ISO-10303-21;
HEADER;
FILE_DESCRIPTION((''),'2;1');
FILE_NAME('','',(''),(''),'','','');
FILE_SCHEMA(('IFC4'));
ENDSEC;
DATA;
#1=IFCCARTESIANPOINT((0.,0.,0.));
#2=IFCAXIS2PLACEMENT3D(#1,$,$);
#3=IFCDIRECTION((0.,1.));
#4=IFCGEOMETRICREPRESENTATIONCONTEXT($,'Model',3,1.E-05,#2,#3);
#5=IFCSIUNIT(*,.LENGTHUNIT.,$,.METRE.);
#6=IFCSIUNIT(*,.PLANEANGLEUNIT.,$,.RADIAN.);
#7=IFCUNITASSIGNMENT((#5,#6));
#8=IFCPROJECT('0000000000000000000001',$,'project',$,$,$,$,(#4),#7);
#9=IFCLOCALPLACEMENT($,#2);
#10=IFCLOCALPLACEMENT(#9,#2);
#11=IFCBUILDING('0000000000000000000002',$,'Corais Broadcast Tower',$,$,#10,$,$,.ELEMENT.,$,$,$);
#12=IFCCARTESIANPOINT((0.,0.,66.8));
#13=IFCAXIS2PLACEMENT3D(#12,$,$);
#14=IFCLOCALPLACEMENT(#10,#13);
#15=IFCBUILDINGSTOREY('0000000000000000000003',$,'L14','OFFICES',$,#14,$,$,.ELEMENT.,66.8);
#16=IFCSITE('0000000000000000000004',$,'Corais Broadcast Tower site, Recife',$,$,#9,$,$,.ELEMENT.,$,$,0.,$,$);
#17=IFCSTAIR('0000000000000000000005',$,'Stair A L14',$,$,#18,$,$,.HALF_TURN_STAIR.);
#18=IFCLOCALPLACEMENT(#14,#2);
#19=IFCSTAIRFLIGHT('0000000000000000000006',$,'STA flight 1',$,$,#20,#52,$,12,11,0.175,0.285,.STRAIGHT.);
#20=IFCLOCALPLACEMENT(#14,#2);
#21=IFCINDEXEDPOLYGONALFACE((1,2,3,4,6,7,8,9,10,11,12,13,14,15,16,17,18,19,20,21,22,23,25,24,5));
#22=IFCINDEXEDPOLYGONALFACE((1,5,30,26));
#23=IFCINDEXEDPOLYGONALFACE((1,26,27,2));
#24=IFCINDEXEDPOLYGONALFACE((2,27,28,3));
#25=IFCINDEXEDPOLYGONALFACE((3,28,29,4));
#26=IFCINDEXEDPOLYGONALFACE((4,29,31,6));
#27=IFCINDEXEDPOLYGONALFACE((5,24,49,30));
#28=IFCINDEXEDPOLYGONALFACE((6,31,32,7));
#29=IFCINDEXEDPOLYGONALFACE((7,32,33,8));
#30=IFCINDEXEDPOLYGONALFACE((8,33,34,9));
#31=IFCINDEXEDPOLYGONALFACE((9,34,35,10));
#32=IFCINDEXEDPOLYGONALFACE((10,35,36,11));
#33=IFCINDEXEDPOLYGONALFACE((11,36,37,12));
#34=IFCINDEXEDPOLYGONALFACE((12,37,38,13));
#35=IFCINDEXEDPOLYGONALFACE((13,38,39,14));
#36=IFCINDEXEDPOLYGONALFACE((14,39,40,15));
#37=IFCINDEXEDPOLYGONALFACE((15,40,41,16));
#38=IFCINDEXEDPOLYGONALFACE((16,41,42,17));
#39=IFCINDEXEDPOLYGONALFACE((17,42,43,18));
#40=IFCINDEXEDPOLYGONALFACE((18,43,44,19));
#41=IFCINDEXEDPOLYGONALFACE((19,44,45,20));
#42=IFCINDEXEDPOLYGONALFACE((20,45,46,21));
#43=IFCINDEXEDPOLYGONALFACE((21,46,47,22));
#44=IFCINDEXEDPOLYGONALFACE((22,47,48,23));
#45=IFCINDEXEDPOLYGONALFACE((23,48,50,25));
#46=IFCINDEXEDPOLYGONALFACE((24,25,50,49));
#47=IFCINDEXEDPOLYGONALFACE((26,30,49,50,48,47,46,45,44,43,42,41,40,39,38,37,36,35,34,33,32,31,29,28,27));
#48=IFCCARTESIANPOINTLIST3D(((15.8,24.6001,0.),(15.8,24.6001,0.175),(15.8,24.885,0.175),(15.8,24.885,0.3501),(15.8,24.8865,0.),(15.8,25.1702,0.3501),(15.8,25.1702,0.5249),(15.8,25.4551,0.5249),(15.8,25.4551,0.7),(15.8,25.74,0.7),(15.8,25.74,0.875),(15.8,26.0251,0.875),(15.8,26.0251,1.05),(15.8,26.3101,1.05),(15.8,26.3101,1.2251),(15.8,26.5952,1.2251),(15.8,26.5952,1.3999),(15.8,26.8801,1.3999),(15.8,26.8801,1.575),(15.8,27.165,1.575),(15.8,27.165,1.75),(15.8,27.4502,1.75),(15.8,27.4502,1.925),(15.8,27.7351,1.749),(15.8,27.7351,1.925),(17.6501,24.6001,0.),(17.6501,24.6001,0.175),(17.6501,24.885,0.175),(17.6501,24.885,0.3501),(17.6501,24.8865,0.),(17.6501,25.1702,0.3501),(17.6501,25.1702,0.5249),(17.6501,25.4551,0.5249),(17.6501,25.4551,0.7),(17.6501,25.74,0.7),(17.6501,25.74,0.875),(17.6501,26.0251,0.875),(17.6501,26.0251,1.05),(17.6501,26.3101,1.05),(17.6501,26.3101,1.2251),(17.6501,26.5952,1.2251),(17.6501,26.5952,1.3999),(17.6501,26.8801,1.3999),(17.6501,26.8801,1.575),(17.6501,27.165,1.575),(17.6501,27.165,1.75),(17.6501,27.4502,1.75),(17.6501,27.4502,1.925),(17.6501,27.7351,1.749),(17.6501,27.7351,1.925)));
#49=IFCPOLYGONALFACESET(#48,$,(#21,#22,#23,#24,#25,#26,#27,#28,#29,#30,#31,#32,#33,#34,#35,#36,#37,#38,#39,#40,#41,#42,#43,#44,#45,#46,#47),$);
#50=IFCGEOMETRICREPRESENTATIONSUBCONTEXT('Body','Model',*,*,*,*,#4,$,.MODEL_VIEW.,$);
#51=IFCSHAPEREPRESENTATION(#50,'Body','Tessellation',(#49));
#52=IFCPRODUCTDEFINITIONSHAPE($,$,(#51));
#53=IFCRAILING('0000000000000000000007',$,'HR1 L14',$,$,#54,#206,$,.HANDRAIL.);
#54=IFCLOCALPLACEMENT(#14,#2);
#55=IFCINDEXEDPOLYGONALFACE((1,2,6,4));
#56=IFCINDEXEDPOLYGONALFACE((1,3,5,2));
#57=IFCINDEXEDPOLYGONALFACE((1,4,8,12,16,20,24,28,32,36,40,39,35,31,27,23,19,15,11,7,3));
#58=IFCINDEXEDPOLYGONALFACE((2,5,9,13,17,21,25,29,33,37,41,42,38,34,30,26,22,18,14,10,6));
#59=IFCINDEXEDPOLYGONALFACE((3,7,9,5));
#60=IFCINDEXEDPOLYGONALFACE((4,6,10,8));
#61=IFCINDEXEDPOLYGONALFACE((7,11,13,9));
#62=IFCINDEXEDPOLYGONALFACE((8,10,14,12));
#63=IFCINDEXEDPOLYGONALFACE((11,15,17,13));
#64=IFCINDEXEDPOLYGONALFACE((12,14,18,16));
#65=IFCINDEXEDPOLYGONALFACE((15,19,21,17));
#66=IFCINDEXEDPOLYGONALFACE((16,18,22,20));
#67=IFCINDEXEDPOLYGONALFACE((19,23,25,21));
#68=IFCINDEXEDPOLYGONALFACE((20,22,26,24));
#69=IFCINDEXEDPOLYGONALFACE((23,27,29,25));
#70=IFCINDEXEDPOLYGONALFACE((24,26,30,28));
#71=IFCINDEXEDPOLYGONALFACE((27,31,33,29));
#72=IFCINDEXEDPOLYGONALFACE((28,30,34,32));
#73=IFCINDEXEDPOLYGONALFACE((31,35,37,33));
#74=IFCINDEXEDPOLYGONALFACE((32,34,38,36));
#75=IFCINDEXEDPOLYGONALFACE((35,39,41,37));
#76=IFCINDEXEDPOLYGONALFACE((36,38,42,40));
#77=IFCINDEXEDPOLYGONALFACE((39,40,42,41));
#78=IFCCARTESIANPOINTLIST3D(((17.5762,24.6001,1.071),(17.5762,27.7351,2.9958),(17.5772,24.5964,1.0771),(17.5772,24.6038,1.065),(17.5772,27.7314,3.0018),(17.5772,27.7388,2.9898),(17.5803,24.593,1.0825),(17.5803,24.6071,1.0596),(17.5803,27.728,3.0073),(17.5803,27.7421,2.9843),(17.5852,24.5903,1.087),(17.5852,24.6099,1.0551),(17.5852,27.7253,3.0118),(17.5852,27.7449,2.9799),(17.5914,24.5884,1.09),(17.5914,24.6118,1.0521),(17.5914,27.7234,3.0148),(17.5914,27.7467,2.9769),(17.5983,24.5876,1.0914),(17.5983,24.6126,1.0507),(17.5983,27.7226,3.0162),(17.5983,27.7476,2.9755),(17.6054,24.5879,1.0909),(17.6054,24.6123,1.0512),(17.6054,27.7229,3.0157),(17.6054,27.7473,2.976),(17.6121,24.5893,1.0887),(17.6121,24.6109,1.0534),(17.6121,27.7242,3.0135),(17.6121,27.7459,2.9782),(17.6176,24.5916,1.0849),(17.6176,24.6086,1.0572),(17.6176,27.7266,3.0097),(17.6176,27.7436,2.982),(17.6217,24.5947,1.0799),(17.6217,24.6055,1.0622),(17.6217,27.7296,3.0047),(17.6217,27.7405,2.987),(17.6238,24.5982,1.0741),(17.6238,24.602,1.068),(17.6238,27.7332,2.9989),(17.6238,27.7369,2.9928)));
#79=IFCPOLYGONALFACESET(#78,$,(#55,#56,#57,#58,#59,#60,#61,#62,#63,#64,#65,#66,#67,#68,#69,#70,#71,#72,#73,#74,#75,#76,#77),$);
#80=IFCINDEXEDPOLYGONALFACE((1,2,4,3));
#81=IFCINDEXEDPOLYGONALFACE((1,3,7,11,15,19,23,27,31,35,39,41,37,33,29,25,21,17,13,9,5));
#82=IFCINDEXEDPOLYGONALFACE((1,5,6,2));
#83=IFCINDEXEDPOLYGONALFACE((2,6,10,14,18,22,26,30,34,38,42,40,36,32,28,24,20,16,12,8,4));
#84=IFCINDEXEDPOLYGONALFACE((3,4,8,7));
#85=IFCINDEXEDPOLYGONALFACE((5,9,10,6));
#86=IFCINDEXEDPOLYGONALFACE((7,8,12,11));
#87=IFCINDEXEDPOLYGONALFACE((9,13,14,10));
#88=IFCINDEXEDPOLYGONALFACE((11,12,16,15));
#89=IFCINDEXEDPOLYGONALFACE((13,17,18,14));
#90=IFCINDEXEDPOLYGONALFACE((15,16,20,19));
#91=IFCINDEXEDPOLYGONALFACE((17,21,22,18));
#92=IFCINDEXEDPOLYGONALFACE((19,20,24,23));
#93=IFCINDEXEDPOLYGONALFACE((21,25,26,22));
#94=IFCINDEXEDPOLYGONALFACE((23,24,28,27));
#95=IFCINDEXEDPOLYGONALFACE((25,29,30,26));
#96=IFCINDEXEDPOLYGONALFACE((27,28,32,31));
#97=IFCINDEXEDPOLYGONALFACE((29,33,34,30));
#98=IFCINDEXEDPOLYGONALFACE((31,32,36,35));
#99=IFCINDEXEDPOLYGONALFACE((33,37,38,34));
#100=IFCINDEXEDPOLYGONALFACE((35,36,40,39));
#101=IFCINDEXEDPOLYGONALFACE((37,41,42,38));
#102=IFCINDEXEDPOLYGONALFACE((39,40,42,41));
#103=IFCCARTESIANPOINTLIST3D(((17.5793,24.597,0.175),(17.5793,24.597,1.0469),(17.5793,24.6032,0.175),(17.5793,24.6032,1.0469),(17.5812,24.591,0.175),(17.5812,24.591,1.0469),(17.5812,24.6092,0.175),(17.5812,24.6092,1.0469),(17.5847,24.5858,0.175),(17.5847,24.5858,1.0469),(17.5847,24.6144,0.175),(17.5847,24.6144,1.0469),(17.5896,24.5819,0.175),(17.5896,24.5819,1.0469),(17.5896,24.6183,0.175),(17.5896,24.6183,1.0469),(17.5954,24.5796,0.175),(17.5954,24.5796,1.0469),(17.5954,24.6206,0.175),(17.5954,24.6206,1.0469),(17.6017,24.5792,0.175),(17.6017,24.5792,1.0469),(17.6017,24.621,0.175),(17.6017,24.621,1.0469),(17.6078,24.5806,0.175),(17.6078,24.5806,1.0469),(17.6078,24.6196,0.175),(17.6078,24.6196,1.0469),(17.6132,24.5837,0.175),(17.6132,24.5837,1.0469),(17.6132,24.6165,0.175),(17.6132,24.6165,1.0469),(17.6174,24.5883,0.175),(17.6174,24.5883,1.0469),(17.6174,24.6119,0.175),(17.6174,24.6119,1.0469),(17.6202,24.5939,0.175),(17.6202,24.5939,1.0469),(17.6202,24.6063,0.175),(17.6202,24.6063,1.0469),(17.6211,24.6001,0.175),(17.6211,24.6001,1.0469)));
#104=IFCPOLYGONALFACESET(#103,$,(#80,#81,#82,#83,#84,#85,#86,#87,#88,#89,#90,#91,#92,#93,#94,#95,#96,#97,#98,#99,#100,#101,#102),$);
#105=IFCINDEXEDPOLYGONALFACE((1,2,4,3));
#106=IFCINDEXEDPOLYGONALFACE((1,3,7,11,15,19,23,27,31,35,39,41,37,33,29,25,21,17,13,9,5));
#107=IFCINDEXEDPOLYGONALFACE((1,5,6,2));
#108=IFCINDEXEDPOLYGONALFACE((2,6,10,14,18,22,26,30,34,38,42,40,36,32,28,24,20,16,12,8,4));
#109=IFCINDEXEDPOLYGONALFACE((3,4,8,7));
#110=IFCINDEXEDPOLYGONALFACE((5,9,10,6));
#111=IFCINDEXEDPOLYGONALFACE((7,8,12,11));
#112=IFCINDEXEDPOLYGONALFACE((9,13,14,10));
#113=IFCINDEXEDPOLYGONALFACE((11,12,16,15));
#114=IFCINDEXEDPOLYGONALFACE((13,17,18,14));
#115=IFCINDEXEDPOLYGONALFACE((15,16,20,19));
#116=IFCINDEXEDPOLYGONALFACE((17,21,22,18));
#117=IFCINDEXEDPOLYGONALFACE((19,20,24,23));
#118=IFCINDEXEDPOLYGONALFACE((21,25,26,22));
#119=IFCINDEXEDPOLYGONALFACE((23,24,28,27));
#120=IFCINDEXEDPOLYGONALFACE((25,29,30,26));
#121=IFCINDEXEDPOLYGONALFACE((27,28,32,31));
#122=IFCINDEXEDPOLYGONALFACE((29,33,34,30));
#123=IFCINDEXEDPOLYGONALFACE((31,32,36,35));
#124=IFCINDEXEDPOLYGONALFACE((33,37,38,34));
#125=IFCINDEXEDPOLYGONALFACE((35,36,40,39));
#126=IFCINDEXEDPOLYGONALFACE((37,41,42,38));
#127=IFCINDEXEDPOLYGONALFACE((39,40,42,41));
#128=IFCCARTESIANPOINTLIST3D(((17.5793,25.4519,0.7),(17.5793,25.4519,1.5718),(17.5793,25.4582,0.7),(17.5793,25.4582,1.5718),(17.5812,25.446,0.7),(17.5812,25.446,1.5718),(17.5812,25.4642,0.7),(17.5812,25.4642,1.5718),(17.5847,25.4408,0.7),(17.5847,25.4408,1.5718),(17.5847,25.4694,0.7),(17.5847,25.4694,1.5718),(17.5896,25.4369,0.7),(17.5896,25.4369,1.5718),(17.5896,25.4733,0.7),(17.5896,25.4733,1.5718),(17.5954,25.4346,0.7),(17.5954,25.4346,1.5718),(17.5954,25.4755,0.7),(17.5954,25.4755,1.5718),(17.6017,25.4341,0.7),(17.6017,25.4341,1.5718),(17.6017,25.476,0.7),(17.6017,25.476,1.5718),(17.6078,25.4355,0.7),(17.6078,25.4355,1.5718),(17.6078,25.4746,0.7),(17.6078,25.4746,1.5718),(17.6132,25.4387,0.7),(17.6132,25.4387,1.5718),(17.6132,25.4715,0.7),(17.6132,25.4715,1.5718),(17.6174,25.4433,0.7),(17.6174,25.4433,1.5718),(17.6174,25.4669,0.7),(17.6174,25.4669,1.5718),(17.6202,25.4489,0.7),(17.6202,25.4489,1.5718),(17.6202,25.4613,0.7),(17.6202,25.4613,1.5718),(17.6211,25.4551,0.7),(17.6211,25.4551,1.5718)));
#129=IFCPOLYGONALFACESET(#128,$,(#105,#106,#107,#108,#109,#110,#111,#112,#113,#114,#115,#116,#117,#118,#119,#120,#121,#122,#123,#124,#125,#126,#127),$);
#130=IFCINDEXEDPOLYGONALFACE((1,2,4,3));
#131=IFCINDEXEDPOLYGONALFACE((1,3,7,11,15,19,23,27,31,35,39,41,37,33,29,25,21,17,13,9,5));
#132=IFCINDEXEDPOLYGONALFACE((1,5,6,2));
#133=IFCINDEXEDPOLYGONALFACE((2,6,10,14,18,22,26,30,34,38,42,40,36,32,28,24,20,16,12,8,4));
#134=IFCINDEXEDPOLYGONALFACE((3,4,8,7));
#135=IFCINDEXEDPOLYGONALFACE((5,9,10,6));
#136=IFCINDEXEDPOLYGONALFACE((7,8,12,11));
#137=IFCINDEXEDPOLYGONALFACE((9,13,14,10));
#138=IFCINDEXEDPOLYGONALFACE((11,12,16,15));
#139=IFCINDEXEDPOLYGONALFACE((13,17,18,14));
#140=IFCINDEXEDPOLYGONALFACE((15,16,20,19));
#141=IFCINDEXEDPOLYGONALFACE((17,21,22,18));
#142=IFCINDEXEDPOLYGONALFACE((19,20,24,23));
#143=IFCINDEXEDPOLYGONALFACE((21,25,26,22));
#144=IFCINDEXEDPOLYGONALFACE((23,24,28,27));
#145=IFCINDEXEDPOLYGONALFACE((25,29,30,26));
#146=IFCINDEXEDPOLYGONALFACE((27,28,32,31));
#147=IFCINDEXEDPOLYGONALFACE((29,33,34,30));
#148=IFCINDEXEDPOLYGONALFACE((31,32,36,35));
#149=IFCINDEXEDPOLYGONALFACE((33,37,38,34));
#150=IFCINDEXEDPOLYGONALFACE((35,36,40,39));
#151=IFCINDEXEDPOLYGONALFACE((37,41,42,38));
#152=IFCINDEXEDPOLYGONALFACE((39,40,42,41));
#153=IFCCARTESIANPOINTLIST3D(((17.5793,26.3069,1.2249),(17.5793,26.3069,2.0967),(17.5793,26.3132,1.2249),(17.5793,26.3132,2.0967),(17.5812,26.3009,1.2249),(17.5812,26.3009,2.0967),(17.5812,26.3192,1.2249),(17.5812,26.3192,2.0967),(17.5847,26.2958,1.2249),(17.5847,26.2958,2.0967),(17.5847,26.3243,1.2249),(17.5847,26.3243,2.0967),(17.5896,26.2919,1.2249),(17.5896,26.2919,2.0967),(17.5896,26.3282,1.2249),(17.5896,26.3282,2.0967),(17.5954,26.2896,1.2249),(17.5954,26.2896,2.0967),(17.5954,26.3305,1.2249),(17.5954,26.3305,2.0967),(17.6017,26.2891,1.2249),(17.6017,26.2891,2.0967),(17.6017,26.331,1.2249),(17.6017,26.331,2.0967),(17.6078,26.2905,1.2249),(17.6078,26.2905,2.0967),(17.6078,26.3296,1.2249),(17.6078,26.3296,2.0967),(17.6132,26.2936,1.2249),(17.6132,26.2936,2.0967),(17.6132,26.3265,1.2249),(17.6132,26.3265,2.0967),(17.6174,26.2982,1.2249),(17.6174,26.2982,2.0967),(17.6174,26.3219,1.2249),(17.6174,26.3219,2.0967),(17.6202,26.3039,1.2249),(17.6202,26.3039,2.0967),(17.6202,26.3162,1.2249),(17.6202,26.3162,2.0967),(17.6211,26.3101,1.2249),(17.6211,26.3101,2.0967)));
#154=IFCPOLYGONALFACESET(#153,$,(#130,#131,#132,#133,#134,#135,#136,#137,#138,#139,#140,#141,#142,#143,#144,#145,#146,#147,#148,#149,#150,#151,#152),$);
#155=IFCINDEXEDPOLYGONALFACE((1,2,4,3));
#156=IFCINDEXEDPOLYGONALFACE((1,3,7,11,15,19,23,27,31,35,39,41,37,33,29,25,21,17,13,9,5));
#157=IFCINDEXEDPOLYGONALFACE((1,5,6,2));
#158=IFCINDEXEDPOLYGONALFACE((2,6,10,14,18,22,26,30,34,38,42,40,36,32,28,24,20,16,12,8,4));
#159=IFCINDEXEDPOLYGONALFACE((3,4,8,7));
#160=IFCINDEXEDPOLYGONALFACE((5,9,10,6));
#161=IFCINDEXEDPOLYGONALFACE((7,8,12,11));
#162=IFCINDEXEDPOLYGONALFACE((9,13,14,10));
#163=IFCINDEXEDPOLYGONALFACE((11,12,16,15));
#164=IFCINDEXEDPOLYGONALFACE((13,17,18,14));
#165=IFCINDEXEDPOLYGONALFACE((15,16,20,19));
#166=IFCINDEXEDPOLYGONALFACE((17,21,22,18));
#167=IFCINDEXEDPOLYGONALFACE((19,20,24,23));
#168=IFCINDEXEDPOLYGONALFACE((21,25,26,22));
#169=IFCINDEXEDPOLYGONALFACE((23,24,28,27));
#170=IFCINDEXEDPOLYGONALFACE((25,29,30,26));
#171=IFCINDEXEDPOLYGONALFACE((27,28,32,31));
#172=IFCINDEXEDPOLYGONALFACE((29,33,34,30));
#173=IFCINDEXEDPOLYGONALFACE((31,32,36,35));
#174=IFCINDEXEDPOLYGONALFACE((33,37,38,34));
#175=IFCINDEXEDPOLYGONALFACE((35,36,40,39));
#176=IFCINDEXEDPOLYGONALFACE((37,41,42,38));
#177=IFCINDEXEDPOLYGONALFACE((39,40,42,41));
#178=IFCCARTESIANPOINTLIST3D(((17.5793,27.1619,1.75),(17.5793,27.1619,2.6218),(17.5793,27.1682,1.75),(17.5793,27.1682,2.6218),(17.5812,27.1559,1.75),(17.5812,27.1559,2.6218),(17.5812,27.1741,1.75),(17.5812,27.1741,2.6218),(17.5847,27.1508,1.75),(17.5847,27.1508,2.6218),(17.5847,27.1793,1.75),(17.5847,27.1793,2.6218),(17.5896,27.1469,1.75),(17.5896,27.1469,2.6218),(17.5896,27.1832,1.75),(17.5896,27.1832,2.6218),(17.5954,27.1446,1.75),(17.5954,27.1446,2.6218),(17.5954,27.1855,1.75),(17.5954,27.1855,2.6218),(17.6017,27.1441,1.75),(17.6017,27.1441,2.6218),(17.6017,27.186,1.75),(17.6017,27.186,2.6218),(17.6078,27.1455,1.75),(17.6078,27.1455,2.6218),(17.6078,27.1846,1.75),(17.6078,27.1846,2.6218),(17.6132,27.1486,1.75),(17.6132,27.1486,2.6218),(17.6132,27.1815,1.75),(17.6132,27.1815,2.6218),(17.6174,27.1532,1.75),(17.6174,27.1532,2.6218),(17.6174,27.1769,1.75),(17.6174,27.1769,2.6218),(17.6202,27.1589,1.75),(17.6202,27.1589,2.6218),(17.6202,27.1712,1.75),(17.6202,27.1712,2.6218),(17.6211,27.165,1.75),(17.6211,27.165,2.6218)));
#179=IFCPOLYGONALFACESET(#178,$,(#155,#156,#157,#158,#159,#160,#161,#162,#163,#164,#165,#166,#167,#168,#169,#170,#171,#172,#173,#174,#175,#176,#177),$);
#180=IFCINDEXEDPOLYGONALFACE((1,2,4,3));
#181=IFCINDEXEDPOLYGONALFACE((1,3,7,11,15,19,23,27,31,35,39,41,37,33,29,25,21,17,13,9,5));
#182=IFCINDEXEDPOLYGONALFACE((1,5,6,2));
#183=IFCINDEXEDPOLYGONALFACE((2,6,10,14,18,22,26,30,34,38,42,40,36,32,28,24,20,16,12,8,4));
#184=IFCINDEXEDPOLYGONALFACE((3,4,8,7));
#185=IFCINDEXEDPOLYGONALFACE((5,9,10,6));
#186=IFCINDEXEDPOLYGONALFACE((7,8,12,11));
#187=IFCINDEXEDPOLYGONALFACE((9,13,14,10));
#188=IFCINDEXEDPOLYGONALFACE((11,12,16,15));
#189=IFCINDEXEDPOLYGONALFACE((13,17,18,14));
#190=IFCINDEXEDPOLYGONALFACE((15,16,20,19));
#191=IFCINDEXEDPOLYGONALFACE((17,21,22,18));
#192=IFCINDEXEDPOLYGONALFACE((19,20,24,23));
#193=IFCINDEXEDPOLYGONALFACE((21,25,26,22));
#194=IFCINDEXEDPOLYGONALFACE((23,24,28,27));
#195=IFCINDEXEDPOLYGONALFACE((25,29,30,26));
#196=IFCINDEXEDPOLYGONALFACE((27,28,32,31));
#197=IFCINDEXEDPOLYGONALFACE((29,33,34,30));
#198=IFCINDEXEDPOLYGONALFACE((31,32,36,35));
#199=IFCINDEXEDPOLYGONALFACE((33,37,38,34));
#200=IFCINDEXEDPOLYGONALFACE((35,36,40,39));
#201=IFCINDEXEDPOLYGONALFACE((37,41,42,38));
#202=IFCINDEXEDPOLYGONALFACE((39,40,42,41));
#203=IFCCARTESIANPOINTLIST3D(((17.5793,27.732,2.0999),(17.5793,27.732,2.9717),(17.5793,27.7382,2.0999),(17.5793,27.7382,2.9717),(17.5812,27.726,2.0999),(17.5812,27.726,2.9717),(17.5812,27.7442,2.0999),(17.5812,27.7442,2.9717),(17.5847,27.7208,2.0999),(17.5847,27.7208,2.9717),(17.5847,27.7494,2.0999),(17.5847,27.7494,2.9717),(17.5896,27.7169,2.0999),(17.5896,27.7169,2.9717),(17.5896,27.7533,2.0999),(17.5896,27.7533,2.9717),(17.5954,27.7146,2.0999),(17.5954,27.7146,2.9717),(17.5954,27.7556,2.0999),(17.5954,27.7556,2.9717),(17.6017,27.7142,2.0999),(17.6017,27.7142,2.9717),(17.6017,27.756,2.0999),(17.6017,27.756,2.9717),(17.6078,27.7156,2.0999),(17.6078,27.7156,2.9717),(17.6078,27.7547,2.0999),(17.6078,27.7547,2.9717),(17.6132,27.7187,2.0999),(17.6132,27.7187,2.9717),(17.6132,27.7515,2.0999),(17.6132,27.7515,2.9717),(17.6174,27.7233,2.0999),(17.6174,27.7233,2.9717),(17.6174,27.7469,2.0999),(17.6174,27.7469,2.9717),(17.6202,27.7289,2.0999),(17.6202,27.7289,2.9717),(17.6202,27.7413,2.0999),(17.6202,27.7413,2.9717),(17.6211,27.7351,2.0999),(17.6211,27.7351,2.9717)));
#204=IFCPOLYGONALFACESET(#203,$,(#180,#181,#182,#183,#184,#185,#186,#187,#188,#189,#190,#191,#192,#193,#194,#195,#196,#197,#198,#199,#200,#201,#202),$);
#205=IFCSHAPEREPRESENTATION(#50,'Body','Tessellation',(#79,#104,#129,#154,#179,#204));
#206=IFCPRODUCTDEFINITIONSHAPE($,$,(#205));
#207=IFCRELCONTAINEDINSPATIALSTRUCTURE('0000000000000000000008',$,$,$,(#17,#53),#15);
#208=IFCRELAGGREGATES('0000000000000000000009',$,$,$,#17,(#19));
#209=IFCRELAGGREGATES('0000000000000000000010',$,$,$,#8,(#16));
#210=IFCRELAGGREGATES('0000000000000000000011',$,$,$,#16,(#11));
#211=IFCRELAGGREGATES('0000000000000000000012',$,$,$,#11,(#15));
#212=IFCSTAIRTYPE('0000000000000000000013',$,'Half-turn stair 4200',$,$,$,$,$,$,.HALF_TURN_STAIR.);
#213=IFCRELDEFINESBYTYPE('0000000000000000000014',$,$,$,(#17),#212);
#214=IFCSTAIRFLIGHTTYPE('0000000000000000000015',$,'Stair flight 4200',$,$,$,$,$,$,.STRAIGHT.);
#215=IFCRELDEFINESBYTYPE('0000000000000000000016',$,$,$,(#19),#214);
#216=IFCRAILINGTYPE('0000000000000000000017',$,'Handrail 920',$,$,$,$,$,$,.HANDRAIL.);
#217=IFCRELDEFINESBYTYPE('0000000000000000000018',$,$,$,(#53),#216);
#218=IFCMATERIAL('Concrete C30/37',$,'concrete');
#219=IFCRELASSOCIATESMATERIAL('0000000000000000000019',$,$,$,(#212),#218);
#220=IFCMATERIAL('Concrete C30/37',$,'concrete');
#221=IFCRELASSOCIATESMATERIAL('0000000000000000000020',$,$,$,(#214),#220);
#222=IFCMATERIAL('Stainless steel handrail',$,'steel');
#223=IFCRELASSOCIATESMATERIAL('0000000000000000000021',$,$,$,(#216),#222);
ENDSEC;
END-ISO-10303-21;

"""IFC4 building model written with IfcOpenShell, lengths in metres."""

from ifc_helpers import new_model, si_unit, direction, frame, origin, origin_2d, place, context, subcontext, project, spatial, polyline, circle, outline, extrude, material, type_object, element, aggregate, save


model = new_model("IFC4")

# Units and contexts
model_context = context("Model", 3, precision=1e-05, world=origin(), true_north=direction((0.0, 1.0)))
body_context = subcontext(model_context, "Body", "Model", "MODEL_VIEW")
ifc_project = project(units=[si_unit("LENGTHUNIT", "METRE"), si_unit("PLANEANGLEUNIT", "RADIAN")], contexts=[model_context])

# Site, building, storey
site_placement = place(None, origin())
site = spatial("IfcSite", under=ifc_project, at=site_placement, Name="Corais Broadcast Tower site, Recife", CompositionType="ELEMENT", RefElevation=0.0)
building_placement = place(site_placement, origin())
building = spatial("IfcBuilding", under=site, at=building_placement, Name="Corais Broadcast Tower", CompositionType="ELEMENT")
storey_placement = place(building_placement, frame((0.0, 0.0, 66.8)))
storey = spatial("IfcBuildingStorey", under=building, at=storey_placement, Name="L14", Description="OFFICES", CompositionType="ELEMENT", Elevation=66.8)

# Stair, stair flight
ifc_material_1 = material(Name="Concrete C30/37", Category="concrete")
stair_type = type_object("IfcStairType", Name="Half-turn stair 4200", PredefinedType="HALF_TURN_STAIR", material=ifc_material_1)
stair_placement = place(storey_placement, origin())
stair = element("IfcStair", 1, at=stair_placement, inside=storey, type_object=stair_type, Name="Stair A L14", PredefinedType="HALF_TURN_STAIR")
ifc_material_2 = material(Name="Concrete C30/37", Category="concrete")
stair_flight_type = type_object("IfcStairFlightType", Name="Stair flight 4200", PredefinedType="STRAIGHT", material=ifc_material_2)
stair_flight_placement = place(storey_placement, frame((16.7251, 24.6001, 0.0), z_axis=(0.0, 0.0, 1.0), x_axis=(0.0, 1.0, 0.0)))
stair_flight = element("IfcStairFlight", 2, at=stair_flight_placement, type_object=stair_flight_type, Name="STA flight 1", NumberOfRisers=12, NumberOfTreads=11, PredefinedType="STRAIGHT", RiserHeight=0.175, TreadLength=0.285, context=body_context, shape_type="SweptSolid", body=[
    extrude(outline(polyline([(0.0, 0.0), (0.0, 0.175), (0.2849, 0.175), (0.2849, 0.3501), (0.5701, 0.3501), (0.5701, 0.5249), (0.855, 0.5249), (0.855, 0.7), (1.1399, 0.7), (1.1399, 0.875), (1.425, 0.875), (1.425, 1.05), (1.71, 1.05), (1.71, 1.2251), (1.9951, 1.2251), (1.9951, 1.3999), (2.28, 1.3999), (2.28, 1.575), (2.5649, 1.575), (2.5649, 1.75), (2.8501, 1.75), (2.8501, 1.925), (3.135, 1.925), (3.135, 2.1001), (3.135, 1.749), (0.2864, 0.0), (0.0, 0.0)])), frame((0.0, 0.925, 0.0), z_axis=(0.0, -1.0, 0.0), x_axis=(1.0, 0.0, 0.0)), (0.0, 0.0, 1.0), 1.8501),
])
aggregate(stair, [stair_flight])

# Railing
ifc_material_3 = material(Name="Stainless steel handrail", Category="steel")
railing_type = type_object("IfcRailingType", Name="Handrail 920", PredefinedType="HANDRAIL", material=ifc_material_3)
for number, where, name in (
    (3, (17.6001, 24.6001, 0.175), "HR1 L14"),
):
    element("IfcRailing", number, at=place(storey_placement, frame(where)), inside=storey, type_object=railing_type, Name=name, PredefinedType="HANDRAIL", context=body_context, shape_type="SweptSolid", body=[
        extrude(circle(Radius=0.0239, at=origin_2d()), frame((0.0, 0.0, 0.896), z_axis=(0.0, 0.852196, 0.523223), x_axis=(-1.0, 0.0, 0.0)), (0.0, 0.0, 1.0), 3.6787),
        extrude(circle(Radius=0.021, at=origin_2d()), origin(), (0.0, 0.0, 1.0), 0.8718),
        extrude(circle(Radius=0.021, at=origin_2d()), frame((0.0, 0.855, 0.5249)), (0.0, 0.0, 1.0), 0.8718),
        extrude(circle(Radius=0.021, at=origin_2d()), frame((0.0, 1.71, 1.0498)), (0.0, 0.0, 1.0), 0.8718),
        extrude(circle(Radius=0.021, at=origin_2d()), frame((0.0, 2.5649, 1.575)), (0.0, 0.0, 1.0), 0.8718),
        extrude(circle(Radius=0.021, at=origin_2d()), frame((0.0, 3.135, 1.9248)), (0.0, 0.0, 1.0), 0.8718),
    ])

save(model, "model.ifc")
